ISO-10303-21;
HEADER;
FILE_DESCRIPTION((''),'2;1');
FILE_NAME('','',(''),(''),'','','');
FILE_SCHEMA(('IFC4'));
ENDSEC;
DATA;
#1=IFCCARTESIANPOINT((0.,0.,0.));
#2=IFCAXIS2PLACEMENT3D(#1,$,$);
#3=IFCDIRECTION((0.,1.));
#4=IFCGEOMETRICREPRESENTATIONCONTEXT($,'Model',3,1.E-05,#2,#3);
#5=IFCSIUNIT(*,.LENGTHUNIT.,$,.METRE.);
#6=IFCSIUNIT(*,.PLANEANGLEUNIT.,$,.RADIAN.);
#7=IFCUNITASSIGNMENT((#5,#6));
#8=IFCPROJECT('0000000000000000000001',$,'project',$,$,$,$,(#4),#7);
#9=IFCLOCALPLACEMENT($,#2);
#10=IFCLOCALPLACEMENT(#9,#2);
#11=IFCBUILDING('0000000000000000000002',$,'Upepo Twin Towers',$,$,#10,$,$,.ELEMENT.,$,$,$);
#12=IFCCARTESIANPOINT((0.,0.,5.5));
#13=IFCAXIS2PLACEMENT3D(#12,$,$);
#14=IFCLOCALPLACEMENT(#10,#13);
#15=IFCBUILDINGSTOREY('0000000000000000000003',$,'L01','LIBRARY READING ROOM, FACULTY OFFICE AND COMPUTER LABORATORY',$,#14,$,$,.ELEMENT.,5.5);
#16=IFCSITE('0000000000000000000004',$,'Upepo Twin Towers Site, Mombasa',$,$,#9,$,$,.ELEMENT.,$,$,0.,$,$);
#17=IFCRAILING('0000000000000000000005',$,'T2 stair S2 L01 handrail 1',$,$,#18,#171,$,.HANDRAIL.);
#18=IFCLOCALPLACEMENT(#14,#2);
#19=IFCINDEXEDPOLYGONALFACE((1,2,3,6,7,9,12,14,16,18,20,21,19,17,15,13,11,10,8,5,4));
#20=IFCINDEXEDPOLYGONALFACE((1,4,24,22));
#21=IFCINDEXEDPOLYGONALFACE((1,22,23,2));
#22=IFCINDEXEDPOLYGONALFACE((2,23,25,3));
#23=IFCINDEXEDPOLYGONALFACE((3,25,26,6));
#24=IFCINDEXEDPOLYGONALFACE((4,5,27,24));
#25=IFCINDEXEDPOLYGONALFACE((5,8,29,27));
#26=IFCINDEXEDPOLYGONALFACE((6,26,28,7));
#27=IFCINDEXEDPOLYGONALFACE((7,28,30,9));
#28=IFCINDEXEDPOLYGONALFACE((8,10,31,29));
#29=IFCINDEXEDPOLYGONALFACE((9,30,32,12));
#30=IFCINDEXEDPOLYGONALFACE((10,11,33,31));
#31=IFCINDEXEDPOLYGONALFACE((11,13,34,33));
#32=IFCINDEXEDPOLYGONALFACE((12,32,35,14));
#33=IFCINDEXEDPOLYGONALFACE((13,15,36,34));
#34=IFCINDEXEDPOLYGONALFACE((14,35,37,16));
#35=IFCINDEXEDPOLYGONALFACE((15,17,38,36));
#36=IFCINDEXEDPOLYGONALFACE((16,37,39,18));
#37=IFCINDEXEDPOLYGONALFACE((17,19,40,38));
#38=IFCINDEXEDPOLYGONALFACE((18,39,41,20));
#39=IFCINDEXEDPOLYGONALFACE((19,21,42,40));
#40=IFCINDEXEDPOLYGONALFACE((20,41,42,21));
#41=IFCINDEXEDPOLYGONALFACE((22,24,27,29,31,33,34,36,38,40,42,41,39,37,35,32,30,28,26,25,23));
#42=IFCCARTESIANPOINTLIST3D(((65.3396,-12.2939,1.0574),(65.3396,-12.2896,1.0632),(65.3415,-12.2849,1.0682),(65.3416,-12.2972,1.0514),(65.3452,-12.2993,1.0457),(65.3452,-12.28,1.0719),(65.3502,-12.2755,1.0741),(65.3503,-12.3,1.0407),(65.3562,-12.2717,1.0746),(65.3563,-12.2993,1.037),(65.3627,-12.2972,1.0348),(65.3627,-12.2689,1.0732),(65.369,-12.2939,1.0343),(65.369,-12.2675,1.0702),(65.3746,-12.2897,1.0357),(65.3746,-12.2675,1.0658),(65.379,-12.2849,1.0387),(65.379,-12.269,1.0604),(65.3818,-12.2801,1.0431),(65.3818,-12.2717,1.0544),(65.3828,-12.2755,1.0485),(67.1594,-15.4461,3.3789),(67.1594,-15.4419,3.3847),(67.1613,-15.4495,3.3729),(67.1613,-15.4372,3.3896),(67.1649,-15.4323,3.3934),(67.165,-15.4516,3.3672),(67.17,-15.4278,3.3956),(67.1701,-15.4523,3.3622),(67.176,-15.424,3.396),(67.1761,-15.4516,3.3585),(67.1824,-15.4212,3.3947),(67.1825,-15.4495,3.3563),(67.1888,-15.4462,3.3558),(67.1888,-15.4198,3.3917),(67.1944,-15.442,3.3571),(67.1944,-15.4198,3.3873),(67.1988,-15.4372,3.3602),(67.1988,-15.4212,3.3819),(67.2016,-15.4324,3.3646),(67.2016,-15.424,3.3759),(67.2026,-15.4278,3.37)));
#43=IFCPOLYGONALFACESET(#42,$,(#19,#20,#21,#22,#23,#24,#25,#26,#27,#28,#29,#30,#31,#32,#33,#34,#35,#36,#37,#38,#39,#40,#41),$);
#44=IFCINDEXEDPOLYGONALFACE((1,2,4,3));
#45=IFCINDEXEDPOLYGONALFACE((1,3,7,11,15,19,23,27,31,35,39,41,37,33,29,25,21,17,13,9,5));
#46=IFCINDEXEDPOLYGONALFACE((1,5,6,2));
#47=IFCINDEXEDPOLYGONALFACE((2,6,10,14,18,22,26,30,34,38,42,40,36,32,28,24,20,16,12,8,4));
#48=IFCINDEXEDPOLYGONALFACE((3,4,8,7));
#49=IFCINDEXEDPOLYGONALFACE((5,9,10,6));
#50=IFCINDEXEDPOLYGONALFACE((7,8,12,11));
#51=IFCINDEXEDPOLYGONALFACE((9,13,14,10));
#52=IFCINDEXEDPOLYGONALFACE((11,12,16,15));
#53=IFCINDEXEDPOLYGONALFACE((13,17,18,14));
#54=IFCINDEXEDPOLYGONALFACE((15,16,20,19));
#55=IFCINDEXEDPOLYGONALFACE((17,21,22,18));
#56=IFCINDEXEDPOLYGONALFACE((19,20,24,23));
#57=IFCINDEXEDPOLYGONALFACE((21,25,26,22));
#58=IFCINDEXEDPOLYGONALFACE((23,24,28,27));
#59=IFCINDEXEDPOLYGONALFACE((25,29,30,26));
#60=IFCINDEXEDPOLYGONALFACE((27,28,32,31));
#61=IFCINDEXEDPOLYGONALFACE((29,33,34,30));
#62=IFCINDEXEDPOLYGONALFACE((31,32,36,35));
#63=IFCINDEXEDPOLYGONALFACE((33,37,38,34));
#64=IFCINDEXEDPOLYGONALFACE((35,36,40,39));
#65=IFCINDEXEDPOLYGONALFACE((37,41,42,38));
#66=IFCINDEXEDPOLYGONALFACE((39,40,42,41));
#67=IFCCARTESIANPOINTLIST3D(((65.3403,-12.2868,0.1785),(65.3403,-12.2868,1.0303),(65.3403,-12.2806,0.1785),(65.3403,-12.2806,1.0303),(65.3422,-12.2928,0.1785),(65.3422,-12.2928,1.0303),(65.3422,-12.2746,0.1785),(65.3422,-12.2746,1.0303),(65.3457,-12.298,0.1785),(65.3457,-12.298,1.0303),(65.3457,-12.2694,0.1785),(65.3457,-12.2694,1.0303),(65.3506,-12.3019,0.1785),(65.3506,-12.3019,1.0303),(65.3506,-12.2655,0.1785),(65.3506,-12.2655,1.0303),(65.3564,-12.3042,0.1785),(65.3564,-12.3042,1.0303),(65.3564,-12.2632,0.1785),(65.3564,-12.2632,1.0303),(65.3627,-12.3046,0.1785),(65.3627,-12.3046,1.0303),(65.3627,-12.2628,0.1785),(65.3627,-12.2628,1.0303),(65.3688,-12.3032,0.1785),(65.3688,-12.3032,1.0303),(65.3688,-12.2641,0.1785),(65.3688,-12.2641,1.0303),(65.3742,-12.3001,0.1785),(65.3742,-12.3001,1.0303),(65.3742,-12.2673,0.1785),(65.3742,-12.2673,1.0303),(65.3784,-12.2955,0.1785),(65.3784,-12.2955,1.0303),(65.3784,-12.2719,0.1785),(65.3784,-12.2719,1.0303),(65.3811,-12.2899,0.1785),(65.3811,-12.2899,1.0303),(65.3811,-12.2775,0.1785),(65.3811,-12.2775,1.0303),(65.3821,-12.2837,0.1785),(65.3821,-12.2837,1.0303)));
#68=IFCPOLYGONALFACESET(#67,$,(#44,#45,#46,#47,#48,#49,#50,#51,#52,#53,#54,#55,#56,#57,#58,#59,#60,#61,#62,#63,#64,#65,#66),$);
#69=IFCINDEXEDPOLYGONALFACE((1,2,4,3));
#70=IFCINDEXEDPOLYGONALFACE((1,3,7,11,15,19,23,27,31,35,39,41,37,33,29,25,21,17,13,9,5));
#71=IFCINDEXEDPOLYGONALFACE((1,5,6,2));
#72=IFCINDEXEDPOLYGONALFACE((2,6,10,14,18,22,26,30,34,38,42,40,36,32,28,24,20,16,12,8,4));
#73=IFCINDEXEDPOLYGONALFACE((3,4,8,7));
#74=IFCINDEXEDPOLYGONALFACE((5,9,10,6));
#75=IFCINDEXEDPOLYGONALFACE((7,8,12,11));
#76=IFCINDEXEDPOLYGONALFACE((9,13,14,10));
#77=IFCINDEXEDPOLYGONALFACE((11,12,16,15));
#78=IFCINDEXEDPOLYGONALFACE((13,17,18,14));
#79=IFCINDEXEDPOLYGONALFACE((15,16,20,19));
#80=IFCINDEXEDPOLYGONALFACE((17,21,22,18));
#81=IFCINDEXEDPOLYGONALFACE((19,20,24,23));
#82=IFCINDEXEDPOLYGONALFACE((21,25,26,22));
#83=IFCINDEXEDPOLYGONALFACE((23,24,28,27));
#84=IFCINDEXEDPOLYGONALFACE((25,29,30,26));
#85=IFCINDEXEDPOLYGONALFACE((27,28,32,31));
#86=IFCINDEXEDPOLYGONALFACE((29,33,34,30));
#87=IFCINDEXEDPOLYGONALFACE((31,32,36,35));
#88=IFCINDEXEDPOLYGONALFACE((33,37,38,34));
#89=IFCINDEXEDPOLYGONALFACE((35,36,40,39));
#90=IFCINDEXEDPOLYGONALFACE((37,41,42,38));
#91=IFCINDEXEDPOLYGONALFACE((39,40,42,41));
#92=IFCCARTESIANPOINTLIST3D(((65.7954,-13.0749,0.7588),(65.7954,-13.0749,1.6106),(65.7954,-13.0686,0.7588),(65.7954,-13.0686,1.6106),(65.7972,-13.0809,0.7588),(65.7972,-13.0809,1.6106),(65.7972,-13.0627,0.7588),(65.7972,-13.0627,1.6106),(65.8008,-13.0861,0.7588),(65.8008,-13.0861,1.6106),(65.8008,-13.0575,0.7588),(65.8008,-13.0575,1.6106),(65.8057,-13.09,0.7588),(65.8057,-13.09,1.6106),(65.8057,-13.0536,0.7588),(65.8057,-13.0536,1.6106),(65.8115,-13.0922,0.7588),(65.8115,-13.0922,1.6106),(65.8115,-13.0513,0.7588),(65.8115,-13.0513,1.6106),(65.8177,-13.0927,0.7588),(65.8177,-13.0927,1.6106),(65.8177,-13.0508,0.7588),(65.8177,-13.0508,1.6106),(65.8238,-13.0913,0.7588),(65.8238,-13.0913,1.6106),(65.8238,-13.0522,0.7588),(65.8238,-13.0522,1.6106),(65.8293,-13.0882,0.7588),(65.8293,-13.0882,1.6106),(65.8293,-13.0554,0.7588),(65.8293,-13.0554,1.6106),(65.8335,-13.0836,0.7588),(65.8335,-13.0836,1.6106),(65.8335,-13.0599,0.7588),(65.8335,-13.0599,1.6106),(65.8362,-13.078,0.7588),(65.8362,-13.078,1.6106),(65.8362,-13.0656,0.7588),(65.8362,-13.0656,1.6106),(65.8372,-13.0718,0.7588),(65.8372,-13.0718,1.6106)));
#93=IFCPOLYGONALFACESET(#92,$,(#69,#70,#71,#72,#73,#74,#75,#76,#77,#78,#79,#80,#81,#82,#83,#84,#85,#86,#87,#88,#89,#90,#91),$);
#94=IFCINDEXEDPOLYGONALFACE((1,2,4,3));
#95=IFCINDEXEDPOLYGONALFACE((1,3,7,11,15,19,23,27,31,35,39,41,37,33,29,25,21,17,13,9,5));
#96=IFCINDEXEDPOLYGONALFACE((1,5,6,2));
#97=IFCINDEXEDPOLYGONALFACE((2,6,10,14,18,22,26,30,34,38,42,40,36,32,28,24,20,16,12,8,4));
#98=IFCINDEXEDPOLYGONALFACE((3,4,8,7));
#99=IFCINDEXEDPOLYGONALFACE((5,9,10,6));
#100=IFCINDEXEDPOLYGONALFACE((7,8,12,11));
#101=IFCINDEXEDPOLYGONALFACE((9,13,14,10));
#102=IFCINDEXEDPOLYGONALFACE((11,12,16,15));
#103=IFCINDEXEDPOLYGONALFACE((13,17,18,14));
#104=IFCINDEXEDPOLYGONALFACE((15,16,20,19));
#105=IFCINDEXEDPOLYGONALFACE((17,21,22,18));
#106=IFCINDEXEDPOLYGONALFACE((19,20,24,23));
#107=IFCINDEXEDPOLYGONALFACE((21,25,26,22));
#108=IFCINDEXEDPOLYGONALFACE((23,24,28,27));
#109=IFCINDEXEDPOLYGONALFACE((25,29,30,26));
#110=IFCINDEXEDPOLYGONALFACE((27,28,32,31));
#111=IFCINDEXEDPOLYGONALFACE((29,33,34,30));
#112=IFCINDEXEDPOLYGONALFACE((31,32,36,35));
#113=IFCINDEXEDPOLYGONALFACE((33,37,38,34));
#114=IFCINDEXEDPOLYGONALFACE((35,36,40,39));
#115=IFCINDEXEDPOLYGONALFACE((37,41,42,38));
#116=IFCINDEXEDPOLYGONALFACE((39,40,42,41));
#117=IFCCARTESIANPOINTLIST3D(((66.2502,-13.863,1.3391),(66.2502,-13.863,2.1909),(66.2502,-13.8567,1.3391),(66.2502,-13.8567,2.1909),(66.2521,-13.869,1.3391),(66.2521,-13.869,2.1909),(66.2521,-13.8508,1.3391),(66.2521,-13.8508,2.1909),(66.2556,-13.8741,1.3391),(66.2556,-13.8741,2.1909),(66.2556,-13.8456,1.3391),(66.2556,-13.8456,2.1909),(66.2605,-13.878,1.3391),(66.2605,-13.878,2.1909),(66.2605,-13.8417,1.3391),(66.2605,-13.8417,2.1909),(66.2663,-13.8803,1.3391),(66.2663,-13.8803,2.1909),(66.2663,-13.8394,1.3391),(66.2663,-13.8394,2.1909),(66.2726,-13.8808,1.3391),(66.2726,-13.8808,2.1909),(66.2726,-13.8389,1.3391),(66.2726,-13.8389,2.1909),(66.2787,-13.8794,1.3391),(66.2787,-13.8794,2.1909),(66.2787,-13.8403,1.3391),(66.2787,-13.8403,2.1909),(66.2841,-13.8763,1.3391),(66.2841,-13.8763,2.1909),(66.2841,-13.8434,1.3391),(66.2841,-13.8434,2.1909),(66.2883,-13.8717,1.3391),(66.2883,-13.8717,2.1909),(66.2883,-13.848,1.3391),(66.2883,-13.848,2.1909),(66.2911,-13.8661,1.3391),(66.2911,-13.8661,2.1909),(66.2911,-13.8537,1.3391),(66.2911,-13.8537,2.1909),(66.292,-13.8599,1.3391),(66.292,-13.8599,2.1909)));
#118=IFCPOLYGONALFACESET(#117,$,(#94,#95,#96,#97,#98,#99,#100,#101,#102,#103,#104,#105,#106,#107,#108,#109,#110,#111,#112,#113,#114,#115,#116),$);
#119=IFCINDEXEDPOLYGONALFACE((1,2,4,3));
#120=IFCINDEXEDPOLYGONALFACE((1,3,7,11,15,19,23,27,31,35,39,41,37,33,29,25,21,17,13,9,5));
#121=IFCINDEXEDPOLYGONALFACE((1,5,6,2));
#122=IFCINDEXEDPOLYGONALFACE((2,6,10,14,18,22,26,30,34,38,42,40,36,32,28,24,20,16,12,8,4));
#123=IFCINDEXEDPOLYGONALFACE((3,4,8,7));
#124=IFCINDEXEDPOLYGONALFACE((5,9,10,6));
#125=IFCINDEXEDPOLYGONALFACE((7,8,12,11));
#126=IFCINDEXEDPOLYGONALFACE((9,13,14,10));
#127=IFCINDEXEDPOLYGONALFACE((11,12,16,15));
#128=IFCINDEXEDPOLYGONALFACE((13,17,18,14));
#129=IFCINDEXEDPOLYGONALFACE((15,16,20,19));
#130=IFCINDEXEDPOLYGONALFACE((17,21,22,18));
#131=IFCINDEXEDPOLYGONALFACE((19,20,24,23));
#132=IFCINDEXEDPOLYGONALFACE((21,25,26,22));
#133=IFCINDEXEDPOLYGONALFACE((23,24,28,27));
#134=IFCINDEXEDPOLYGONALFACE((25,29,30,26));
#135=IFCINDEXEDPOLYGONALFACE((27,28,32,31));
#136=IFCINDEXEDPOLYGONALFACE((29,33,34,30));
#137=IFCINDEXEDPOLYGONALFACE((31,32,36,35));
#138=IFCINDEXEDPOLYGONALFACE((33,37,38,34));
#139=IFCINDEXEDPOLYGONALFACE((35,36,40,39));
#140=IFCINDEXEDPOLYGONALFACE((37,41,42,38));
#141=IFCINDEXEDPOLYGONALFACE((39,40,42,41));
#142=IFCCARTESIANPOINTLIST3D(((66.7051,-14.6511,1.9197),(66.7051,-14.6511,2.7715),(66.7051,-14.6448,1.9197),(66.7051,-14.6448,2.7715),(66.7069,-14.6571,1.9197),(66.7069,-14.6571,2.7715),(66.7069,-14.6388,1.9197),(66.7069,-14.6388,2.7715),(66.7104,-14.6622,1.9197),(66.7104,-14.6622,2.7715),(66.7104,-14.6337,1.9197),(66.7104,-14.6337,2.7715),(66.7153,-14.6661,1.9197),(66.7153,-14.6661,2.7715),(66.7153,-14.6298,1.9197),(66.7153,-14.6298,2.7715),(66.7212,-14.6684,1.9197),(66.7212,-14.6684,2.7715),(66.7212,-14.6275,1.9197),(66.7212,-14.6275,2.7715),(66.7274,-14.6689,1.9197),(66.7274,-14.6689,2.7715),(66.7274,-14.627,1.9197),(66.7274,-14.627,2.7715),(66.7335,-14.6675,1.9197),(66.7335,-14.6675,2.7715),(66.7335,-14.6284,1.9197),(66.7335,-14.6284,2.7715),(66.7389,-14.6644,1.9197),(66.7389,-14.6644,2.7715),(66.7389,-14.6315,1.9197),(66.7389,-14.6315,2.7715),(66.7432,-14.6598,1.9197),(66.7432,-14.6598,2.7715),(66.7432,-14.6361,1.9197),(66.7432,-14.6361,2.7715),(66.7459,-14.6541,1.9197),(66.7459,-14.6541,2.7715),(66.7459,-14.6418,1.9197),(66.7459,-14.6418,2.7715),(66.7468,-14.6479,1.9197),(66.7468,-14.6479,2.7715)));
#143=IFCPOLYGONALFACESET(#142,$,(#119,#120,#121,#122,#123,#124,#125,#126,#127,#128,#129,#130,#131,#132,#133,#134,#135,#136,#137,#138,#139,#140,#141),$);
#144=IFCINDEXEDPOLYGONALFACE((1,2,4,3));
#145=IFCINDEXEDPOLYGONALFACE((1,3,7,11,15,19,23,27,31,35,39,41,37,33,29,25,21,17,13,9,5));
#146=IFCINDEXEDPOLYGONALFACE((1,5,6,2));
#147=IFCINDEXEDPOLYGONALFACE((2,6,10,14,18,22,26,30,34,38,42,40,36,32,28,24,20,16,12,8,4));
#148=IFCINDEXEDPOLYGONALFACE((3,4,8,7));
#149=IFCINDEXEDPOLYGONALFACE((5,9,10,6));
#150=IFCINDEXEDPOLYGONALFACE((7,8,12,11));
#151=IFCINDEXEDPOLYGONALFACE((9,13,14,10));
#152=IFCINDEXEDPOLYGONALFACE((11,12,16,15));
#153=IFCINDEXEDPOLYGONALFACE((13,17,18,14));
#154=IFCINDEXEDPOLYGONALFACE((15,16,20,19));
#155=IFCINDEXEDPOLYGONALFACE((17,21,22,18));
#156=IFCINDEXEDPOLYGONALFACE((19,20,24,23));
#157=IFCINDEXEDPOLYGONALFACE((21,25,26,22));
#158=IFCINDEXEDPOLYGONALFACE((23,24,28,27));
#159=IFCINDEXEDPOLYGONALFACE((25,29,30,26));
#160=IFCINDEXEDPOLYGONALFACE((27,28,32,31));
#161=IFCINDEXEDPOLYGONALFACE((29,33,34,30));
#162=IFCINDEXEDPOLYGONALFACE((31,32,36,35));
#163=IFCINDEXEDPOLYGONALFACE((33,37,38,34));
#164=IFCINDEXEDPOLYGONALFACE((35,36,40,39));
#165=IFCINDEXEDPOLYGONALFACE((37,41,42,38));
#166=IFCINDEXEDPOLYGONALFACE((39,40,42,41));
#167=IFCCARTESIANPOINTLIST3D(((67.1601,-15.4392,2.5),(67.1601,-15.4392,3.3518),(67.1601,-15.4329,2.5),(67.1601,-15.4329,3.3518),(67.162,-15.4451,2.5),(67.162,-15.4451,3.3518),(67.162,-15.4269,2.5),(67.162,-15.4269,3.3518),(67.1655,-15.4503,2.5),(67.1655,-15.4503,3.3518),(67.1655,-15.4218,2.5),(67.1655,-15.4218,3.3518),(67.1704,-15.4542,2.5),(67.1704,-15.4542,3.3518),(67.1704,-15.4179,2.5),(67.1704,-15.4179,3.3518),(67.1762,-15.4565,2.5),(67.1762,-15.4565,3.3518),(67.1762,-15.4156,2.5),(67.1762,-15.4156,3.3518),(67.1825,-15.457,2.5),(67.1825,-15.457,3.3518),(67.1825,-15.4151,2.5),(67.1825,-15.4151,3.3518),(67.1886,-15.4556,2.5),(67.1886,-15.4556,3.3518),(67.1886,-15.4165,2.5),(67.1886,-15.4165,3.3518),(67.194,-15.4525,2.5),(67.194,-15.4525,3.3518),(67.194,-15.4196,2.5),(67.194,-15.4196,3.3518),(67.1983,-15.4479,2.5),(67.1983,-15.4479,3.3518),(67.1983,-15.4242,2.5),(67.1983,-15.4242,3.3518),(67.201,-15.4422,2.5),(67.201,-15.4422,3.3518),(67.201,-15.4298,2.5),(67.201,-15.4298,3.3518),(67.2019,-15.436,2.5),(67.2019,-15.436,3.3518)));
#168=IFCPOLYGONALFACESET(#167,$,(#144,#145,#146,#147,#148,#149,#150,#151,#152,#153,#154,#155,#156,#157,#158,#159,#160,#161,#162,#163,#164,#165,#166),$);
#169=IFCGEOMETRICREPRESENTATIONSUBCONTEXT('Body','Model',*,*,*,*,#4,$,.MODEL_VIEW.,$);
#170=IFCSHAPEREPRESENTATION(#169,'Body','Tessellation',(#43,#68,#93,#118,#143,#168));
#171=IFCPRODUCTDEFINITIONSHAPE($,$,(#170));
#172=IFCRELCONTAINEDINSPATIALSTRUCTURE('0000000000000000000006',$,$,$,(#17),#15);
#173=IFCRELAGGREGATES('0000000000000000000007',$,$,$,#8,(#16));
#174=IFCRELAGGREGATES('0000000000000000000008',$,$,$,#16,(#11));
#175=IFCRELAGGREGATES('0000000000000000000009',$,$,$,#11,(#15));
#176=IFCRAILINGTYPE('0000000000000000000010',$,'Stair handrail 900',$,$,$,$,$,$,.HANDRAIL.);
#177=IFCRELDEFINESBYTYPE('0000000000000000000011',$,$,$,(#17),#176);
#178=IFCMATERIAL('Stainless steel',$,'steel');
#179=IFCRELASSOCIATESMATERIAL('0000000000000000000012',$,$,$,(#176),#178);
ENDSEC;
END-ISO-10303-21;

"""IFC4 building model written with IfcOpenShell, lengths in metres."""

from ifc_helpers import new_model, si_unit, direction, frame, origin, origin_2d, place, context, subcontext, project, spatial, circle, extrude, material, type_object, element, save


model = new_model("IFC4")

# Units and contexts
model_context = context("Model", 3, precision=1e-05, world=origin(), true_north=direction((0.0, 1.0)))
body_context = subcontext(model_context, "Body", "Model", "MODEL_VIEW")
ifc_project = project(units=[si_unit("LENGTHUNIT", "METRE"), si_unit("PLANEANGLEUNIT", "RADIAN")], contexts=[model_context])

# Site, building, storey
site_placement = place(None, origin())
site = spatial("IfcSite", under=ifc_project, at=site_placement, Name="Upepo Twin Towers Site, Mombasa", CompositionType="ELEMENT", RefElevation=0.0)
building_placement = place(site_placement, origin())
building = spatial("IfcBuilding", under=site, at=building_placement, Name="Upepo Twin Towers", CompositionType="ELEMENT")
storey_placement = place(building_placement, frame((0.0, 0.0, 5.5)))
storey = spatial("IfcBuildingStorey", under=building, at=storey_placement, Name="L01", Description="LIBRARY READING ROOM, FACULTY OFFICE AND COMPUTER LABORATORY", CompositionType="ELEMENT", Elevation=5.5)

# Railing
ifc_material_1 = material(Name="Stainless steel", Category="steel")
railing_type = type_object("IfcRailingType", Name="Stair handrail 900", PredefinedType="HANDRAIL", material=ifc_material_1)
railing_1_placement = place(storey_placement, frame((65.3611, -12.2837, 0.1785)))
element("IfcRailing", 1, at=railing_1_placement, inside=storey, type_object=railing_type, Name="T2 stair S2 L01 handrail 1", PredefinedType="HANDRAIL", context=body_context, shape_type="SweptSolid", body=[
    extrude(circle(Radius=0.0239, at=origin_2d()), frame((0.0, 0.0, 0.876), z_axis=(0.421525, -0.730176, 0.537736), x_axis=(0.866047, 0.499962, 0.0)), (0.0, 0.0, 1.0), 4.3171),
    extrude(circle(Radius=0.021, at=origin_2d()), origin(), (0.0, 0.0, 1.0), 0.8518),
    extrude(circle(Radius=0.021, at=origin_2d()), frame((0.4551, -0.7881, 0.5803)), (0.0, 0.0, 1.0), 0.8518),
    extrude(circle(Radius=0.021, at=origin_2d()), frame((0.9099, -1.5762, 1.1606)), (0.0, 0.0, 1.0), 0.8518),
    extrude(circle(Radius=0.021, at=origin_2d()), frame((1.3647, -2.3643, 1.7412)), (0.0, 0.0, 1.0), 0.8518),
    extrude(circle(Radius=0.021, at=origin_2d()), frame((1.8198, -3.1523, 2.3215)), (0.0, 0.0, 1.0), 0.8518),
])

save(model, "model.ifc")
